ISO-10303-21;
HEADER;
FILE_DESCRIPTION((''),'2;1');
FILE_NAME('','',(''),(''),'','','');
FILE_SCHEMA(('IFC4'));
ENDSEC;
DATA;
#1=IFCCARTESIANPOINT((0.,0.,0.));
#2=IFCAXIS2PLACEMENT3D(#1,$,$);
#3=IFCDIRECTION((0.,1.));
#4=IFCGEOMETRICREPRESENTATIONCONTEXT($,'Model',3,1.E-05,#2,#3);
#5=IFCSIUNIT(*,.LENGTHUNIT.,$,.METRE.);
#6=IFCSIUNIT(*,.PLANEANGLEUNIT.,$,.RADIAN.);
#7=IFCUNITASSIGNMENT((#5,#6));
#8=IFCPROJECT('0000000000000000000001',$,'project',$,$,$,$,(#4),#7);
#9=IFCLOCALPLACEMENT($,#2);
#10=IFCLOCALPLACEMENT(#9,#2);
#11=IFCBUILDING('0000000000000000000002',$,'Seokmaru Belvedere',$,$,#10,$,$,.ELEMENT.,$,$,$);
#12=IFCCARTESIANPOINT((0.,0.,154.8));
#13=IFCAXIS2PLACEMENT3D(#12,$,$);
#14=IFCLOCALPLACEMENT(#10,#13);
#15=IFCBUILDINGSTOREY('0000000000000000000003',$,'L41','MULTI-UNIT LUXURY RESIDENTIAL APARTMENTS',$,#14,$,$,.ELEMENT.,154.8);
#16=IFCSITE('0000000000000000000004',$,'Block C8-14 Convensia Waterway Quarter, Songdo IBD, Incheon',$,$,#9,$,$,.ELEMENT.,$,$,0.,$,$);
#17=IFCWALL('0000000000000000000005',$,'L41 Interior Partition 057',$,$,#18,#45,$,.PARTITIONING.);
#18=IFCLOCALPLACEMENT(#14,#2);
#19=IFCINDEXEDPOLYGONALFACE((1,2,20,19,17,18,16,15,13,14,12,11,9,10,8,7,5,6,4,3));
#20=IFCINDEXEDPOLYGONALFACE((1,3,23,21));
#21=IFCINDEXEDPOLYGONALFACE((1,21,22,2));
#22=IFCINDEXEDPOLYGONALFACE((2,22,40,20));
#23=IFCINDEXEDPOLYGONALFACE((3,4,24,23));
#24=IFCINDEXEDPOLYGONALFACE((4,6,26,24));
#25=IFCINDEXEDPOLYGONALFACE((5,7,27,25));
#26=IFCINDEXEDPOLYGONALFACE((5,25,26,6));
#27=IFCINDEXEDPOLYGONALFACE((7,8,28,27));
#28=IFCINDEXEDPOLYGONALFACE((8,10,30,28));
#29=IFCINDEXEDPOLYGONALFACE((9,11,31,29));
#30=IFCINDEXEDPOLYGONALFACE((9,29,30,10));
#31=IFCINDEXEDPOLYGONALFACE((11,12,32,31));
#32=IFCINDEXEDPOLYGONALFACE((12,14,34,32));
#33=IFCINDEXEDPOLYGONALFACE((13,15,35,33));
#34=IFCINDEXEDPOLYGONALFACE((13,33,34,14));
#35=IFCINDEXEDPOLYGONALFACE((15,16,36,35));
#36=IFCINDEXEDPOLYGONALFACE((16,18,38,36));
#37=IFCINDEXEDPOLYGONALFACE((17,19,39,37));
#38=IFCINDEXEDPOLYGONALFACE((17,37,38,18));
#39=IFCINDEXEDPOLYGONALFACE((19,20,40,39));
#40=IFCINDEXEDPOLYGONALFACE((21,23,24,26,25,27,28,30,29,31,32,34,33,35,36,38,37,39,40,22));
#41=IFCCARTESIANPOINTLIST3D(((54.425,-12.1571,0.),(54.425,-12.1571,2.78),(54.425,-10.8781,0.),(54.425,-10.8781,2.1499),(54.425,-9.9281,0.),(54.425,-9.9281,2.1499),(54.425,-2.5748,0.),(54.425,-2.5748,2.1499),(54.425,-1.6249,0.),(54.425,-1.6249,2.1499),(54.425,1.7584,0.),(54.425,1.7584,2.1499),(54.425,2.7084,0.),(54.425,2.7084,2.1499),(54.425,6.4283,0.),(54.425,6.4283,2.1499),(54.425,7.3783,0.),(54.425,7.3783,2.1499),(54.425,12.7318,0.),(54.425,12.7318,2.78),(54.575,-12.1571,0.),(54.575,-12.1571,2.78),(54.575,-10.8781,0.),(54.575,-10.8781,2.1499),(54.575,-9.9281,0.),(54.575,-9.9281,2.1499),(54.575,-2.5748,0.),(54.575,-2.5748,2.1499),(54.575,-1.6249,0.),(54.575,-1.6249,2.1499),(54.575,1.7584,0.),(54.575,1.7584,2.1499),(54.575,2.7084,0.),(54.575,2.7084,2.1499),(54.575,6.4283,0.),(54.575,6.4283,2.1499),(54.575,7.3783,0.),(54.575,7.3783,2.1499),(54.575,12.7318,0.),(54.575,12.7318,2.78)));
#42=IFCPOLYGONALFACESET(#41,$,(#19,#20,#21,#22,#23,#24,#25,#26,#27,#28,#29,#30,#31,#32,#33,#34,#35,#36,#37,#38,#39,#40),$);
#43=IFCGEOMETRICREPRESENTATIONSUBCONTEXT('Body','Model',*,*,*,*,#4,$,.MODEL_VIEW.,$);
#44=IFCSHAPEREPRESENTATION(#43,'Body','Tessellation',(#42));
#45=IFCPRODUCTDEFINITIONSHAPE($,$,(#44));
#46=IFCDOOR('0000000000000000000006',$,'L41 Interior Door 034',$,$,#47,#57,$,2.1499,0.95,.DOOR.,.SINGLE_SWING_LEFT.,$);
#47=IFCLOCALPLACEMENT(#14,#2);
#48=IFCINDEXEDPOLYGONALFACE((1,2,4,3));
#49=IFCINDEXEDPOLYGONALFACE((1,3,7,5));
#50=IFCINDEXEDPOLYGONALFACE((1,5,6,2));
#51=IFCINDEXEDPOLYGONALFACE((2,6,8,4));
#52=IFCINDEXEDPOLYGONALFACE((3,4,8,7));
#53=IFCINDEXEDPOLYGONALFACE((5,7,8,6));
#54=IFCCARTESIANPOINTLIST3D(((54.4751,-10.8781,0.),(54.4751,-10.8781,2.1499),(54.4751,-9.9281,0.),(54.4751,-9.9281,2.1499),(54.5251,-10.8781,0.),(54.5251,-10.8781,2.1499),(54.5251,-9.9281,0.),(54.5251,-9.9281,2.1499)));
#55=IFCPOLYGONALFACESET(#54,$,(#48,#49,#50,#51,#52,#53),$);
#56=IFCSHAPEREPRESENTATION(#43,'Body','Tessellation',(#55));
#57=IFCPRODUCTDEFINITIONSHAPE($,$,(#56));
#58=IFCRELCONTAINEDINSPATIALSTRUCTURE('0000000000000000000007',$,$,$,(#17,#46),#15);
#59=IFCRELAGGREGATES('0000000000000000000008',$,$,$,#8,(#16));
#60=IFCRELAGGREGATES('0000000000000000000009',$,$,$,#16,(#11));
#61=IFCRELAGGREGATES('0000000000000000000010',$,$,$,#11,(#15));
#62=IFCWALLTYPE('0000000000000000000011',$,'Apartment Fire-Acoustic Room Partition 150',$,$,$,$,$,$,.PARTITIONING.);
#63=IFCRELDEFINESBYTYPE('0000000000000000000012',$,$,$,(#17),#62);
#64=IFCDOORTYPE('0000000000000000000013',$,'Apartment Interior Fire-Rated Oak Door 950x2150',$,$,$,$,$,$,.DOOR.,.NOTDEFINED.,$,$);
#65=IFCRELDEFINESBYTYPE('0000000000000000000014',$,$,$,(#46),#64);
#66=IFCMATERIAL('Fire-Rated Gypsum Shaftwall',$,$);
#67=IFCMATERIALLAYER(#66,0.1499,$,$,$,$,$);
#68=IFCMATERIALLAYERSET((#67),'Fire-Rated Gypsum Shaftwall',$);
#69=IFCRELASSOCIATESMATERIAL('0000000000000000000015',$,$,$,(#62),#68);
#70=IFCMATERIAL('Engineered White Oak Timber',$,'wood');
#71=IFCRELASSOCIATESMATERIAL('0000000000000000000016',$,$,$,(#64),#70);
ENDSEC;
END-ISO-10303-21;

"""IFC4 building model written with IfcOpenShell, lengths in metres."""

from ifc_helpers import new_model, si_unit, direction, frame, frame_2d, origin, place, context, subcontext, project, spatial, rectangle, extrude, source, transform, mapped, material, layer, layer_set, type_object, type_shapes, element, fill, save


model = new_model("IFC4")

# Units and contexts
model_context = context("Model", 3, precision=1e-05, world=origin(), true_north=direction((0.0, 1.0)))
body_context = subcontext(model_context, "Body", "Model", "MODEL_VIEW")
ifc_project = project(units=[si_unit("LENGTHUNIT", "METRE"), si_unit("PLANEANGLEUNIT", "RADIAN")], contexts=[model_context])

# Site, building, storey
site_placement = place(None, origin())
site = spatial("IfcSite", under=ifc_project, at=site_placement, Name="Block C8-14 Convensia Waterway Quarter, Songdo IBD, Incheon", CompositionType="ELEMENT", RefElevation=0.0)
building_placement = place(site_placement, origin())
building = spatial("IfcBuilding", under=site, at=building_placement, Name="Seokmaru Belvedere", CompositionType="ELEMENT")
storey_placement = place(building_placement, frame((0.0, 0.0, 154.8)))
storey = spatial("IfcBuildingStorey", under=building, at=storey_placement, Name="L41", Description="MULTI-UNIT LUXURY RESIDENTIAL APARTMENTS", CompositionType="ELEMENT", Elevation=154.8)

# Shared definitions
ifc_material_1 = material(Name="Fire-Rated Gypsum Shaftwall")
ifc_layer_1 = layer(ifc_material_1, 0.1499)
ifc_layer_set_1 = layer_set([ifc_layer_1], Name="Fire-Rated Gypsum Shaftwall")
wall_type = type_object("IfcWallType", Name="Apartment Fire-Acoustic Room Partition 150", PredefinedType="PARTITIONING", material=ifc_layer_set_1)

# Wall, openings, door
wall_1_placement = place(storey_placement, frame((54.5, -12.157, 0.0), z_axis=(0.0, 0.0, 1.0), x_axis=(0.0, 1.0, 0.0)))
wall_1 = element("IfcWall", 1, at=wall_1_placement, inside=storey, type_object=wall_type, Name="L41 Interior Partition 057", PredefinedType="PARTITIONING", context=body_context, shape_type="SweptSolid", body=[
    extrude(rectangle(XDim=24.8889, YDim=0.1499, at=frame_2d((12.4443, 0.0))), origin(), (0.0, 0.0, 1.0), 2.78),
])
opening_1_placement = place(wall_1_placement, frame((1.2788, 0.0, 0.0)))
opening_1 = element("IfcOpeningElement", 2, at=opening_1_placement, cuts=wall_1, PredefinedType="OPENING", context=body_context, shape_type="SweptSolid", body=[
    extrude(rectangle(XDim=0.95, YDim=2.1499, at=frame_2d((0.4751, 1.075))), frame((0.0, 0.085, 0.0), z_axis=(0.0, -1.0, 0.0), x_axis=(1.0, 0.0, 0.0)), (0.0, 0.0, 1.0), 0.1699),
])
opening_2_placement = place(wall_1_placement, frame((9.582, 0.0, 0.0)))
element("IfcOpeningElement", 3, at=opening_2_placement, cuts=wall_1, PredefinedType="OPENING", context=body_context, shape_type="SweptSolid", body=[
    extrude(rectangle(XDim=0.95, YDim=2.1499, at=frame_2d((0.4751, 1.075))), frame((0.0, 0.085, 0.0), z_axis=(0.0, -1.0, 0.0), x_axis=(1.0, 0.0, 0.0)), (0.0, 0.0, 1.0), 0.1699),
])
opening_3_placement = place(wall_1_placement, frame((13.9153, 0.0, 0.0)))
element("IfcOpeningElement", 4, at=opening_3_placement, cuts=wall_1, PredefinedType="OPENING", context=body_context, shape_type="SweptSolid", body=[
    extrude(rectangle(XDim=0.95, YDim=2.1499, at=frame_2d((0.4751, 1.075))), frame((0.0, 0.085, 0.0), z_axis=(0.0, -1.0, 0.0), x_axis=(1.0, 0.0, 0.0)), (0.0, 0.0, 1.0), 0.1699),
])
opening_4_placement = place(wall_1_placement, frame((18.5852, 0.0, 0.0)))
element("IfcOpeningElement", 5, at=opening_4_placement, cuts=wall_1, PredefinedType="OPENING", context=body_context, shape_type="SweptSolid", body=[
    extrude(rectangle(XDim=0.95, YDim=2.1499, at=frame_2d((0.4751, 1.075))), frame((0.0, 0.085, 0.0), z_axis=(0.0, -1.0, 0.0), x_axis=(1.0, 0.0, 0.0)), (0.0, 0.0, 1.0), 0.1699),
])
ifc_material_2 = material(Name="Engineered White Oak Timber", Category="wood")
door_type = type_object("IfcDoorType", Name="Apartment Interior Fire-Rated Oak Door 950x2150", OperationType="NOTDEFINED", PredefinedType="DOOR", material=ifc_material_2)
shared_shape_1 = source(origin(), body_context, "Body", "SweptSolid", [
    extrude(rectangle(XDim=0.95, YDim=2.1499, at=frame_2d((0.4751, 1.075))), frame((0.0, 0.0249, 0.0), z_axis=(0.0, -1.0, 0.0), x_axis=(1.0, 0.0, 0.0)), (0.0, 0.0, 1.0), 0.05),
])
type_shapes(door_type, [shared_shape_1])
door_placement = place(opening_1_placement, origin())
door = element("IfcDoor", 6, at=door_placement, inside=storey, type_object=door_type, Name="L41 Interior Door 034", OperationType="SINGLE_SWING_LEFT", OverallHeight=2.1499, OverallWidth=0.95, PredefinedType="DOOR", context=body_context, shape_type="MappedRepresentation", body=[
    mapped(shared_shape_1, transform((0.0, 0.0, 0.0), scale=1.0)),
])
fill(opening_1, door)

save(model, "model.ifc")
